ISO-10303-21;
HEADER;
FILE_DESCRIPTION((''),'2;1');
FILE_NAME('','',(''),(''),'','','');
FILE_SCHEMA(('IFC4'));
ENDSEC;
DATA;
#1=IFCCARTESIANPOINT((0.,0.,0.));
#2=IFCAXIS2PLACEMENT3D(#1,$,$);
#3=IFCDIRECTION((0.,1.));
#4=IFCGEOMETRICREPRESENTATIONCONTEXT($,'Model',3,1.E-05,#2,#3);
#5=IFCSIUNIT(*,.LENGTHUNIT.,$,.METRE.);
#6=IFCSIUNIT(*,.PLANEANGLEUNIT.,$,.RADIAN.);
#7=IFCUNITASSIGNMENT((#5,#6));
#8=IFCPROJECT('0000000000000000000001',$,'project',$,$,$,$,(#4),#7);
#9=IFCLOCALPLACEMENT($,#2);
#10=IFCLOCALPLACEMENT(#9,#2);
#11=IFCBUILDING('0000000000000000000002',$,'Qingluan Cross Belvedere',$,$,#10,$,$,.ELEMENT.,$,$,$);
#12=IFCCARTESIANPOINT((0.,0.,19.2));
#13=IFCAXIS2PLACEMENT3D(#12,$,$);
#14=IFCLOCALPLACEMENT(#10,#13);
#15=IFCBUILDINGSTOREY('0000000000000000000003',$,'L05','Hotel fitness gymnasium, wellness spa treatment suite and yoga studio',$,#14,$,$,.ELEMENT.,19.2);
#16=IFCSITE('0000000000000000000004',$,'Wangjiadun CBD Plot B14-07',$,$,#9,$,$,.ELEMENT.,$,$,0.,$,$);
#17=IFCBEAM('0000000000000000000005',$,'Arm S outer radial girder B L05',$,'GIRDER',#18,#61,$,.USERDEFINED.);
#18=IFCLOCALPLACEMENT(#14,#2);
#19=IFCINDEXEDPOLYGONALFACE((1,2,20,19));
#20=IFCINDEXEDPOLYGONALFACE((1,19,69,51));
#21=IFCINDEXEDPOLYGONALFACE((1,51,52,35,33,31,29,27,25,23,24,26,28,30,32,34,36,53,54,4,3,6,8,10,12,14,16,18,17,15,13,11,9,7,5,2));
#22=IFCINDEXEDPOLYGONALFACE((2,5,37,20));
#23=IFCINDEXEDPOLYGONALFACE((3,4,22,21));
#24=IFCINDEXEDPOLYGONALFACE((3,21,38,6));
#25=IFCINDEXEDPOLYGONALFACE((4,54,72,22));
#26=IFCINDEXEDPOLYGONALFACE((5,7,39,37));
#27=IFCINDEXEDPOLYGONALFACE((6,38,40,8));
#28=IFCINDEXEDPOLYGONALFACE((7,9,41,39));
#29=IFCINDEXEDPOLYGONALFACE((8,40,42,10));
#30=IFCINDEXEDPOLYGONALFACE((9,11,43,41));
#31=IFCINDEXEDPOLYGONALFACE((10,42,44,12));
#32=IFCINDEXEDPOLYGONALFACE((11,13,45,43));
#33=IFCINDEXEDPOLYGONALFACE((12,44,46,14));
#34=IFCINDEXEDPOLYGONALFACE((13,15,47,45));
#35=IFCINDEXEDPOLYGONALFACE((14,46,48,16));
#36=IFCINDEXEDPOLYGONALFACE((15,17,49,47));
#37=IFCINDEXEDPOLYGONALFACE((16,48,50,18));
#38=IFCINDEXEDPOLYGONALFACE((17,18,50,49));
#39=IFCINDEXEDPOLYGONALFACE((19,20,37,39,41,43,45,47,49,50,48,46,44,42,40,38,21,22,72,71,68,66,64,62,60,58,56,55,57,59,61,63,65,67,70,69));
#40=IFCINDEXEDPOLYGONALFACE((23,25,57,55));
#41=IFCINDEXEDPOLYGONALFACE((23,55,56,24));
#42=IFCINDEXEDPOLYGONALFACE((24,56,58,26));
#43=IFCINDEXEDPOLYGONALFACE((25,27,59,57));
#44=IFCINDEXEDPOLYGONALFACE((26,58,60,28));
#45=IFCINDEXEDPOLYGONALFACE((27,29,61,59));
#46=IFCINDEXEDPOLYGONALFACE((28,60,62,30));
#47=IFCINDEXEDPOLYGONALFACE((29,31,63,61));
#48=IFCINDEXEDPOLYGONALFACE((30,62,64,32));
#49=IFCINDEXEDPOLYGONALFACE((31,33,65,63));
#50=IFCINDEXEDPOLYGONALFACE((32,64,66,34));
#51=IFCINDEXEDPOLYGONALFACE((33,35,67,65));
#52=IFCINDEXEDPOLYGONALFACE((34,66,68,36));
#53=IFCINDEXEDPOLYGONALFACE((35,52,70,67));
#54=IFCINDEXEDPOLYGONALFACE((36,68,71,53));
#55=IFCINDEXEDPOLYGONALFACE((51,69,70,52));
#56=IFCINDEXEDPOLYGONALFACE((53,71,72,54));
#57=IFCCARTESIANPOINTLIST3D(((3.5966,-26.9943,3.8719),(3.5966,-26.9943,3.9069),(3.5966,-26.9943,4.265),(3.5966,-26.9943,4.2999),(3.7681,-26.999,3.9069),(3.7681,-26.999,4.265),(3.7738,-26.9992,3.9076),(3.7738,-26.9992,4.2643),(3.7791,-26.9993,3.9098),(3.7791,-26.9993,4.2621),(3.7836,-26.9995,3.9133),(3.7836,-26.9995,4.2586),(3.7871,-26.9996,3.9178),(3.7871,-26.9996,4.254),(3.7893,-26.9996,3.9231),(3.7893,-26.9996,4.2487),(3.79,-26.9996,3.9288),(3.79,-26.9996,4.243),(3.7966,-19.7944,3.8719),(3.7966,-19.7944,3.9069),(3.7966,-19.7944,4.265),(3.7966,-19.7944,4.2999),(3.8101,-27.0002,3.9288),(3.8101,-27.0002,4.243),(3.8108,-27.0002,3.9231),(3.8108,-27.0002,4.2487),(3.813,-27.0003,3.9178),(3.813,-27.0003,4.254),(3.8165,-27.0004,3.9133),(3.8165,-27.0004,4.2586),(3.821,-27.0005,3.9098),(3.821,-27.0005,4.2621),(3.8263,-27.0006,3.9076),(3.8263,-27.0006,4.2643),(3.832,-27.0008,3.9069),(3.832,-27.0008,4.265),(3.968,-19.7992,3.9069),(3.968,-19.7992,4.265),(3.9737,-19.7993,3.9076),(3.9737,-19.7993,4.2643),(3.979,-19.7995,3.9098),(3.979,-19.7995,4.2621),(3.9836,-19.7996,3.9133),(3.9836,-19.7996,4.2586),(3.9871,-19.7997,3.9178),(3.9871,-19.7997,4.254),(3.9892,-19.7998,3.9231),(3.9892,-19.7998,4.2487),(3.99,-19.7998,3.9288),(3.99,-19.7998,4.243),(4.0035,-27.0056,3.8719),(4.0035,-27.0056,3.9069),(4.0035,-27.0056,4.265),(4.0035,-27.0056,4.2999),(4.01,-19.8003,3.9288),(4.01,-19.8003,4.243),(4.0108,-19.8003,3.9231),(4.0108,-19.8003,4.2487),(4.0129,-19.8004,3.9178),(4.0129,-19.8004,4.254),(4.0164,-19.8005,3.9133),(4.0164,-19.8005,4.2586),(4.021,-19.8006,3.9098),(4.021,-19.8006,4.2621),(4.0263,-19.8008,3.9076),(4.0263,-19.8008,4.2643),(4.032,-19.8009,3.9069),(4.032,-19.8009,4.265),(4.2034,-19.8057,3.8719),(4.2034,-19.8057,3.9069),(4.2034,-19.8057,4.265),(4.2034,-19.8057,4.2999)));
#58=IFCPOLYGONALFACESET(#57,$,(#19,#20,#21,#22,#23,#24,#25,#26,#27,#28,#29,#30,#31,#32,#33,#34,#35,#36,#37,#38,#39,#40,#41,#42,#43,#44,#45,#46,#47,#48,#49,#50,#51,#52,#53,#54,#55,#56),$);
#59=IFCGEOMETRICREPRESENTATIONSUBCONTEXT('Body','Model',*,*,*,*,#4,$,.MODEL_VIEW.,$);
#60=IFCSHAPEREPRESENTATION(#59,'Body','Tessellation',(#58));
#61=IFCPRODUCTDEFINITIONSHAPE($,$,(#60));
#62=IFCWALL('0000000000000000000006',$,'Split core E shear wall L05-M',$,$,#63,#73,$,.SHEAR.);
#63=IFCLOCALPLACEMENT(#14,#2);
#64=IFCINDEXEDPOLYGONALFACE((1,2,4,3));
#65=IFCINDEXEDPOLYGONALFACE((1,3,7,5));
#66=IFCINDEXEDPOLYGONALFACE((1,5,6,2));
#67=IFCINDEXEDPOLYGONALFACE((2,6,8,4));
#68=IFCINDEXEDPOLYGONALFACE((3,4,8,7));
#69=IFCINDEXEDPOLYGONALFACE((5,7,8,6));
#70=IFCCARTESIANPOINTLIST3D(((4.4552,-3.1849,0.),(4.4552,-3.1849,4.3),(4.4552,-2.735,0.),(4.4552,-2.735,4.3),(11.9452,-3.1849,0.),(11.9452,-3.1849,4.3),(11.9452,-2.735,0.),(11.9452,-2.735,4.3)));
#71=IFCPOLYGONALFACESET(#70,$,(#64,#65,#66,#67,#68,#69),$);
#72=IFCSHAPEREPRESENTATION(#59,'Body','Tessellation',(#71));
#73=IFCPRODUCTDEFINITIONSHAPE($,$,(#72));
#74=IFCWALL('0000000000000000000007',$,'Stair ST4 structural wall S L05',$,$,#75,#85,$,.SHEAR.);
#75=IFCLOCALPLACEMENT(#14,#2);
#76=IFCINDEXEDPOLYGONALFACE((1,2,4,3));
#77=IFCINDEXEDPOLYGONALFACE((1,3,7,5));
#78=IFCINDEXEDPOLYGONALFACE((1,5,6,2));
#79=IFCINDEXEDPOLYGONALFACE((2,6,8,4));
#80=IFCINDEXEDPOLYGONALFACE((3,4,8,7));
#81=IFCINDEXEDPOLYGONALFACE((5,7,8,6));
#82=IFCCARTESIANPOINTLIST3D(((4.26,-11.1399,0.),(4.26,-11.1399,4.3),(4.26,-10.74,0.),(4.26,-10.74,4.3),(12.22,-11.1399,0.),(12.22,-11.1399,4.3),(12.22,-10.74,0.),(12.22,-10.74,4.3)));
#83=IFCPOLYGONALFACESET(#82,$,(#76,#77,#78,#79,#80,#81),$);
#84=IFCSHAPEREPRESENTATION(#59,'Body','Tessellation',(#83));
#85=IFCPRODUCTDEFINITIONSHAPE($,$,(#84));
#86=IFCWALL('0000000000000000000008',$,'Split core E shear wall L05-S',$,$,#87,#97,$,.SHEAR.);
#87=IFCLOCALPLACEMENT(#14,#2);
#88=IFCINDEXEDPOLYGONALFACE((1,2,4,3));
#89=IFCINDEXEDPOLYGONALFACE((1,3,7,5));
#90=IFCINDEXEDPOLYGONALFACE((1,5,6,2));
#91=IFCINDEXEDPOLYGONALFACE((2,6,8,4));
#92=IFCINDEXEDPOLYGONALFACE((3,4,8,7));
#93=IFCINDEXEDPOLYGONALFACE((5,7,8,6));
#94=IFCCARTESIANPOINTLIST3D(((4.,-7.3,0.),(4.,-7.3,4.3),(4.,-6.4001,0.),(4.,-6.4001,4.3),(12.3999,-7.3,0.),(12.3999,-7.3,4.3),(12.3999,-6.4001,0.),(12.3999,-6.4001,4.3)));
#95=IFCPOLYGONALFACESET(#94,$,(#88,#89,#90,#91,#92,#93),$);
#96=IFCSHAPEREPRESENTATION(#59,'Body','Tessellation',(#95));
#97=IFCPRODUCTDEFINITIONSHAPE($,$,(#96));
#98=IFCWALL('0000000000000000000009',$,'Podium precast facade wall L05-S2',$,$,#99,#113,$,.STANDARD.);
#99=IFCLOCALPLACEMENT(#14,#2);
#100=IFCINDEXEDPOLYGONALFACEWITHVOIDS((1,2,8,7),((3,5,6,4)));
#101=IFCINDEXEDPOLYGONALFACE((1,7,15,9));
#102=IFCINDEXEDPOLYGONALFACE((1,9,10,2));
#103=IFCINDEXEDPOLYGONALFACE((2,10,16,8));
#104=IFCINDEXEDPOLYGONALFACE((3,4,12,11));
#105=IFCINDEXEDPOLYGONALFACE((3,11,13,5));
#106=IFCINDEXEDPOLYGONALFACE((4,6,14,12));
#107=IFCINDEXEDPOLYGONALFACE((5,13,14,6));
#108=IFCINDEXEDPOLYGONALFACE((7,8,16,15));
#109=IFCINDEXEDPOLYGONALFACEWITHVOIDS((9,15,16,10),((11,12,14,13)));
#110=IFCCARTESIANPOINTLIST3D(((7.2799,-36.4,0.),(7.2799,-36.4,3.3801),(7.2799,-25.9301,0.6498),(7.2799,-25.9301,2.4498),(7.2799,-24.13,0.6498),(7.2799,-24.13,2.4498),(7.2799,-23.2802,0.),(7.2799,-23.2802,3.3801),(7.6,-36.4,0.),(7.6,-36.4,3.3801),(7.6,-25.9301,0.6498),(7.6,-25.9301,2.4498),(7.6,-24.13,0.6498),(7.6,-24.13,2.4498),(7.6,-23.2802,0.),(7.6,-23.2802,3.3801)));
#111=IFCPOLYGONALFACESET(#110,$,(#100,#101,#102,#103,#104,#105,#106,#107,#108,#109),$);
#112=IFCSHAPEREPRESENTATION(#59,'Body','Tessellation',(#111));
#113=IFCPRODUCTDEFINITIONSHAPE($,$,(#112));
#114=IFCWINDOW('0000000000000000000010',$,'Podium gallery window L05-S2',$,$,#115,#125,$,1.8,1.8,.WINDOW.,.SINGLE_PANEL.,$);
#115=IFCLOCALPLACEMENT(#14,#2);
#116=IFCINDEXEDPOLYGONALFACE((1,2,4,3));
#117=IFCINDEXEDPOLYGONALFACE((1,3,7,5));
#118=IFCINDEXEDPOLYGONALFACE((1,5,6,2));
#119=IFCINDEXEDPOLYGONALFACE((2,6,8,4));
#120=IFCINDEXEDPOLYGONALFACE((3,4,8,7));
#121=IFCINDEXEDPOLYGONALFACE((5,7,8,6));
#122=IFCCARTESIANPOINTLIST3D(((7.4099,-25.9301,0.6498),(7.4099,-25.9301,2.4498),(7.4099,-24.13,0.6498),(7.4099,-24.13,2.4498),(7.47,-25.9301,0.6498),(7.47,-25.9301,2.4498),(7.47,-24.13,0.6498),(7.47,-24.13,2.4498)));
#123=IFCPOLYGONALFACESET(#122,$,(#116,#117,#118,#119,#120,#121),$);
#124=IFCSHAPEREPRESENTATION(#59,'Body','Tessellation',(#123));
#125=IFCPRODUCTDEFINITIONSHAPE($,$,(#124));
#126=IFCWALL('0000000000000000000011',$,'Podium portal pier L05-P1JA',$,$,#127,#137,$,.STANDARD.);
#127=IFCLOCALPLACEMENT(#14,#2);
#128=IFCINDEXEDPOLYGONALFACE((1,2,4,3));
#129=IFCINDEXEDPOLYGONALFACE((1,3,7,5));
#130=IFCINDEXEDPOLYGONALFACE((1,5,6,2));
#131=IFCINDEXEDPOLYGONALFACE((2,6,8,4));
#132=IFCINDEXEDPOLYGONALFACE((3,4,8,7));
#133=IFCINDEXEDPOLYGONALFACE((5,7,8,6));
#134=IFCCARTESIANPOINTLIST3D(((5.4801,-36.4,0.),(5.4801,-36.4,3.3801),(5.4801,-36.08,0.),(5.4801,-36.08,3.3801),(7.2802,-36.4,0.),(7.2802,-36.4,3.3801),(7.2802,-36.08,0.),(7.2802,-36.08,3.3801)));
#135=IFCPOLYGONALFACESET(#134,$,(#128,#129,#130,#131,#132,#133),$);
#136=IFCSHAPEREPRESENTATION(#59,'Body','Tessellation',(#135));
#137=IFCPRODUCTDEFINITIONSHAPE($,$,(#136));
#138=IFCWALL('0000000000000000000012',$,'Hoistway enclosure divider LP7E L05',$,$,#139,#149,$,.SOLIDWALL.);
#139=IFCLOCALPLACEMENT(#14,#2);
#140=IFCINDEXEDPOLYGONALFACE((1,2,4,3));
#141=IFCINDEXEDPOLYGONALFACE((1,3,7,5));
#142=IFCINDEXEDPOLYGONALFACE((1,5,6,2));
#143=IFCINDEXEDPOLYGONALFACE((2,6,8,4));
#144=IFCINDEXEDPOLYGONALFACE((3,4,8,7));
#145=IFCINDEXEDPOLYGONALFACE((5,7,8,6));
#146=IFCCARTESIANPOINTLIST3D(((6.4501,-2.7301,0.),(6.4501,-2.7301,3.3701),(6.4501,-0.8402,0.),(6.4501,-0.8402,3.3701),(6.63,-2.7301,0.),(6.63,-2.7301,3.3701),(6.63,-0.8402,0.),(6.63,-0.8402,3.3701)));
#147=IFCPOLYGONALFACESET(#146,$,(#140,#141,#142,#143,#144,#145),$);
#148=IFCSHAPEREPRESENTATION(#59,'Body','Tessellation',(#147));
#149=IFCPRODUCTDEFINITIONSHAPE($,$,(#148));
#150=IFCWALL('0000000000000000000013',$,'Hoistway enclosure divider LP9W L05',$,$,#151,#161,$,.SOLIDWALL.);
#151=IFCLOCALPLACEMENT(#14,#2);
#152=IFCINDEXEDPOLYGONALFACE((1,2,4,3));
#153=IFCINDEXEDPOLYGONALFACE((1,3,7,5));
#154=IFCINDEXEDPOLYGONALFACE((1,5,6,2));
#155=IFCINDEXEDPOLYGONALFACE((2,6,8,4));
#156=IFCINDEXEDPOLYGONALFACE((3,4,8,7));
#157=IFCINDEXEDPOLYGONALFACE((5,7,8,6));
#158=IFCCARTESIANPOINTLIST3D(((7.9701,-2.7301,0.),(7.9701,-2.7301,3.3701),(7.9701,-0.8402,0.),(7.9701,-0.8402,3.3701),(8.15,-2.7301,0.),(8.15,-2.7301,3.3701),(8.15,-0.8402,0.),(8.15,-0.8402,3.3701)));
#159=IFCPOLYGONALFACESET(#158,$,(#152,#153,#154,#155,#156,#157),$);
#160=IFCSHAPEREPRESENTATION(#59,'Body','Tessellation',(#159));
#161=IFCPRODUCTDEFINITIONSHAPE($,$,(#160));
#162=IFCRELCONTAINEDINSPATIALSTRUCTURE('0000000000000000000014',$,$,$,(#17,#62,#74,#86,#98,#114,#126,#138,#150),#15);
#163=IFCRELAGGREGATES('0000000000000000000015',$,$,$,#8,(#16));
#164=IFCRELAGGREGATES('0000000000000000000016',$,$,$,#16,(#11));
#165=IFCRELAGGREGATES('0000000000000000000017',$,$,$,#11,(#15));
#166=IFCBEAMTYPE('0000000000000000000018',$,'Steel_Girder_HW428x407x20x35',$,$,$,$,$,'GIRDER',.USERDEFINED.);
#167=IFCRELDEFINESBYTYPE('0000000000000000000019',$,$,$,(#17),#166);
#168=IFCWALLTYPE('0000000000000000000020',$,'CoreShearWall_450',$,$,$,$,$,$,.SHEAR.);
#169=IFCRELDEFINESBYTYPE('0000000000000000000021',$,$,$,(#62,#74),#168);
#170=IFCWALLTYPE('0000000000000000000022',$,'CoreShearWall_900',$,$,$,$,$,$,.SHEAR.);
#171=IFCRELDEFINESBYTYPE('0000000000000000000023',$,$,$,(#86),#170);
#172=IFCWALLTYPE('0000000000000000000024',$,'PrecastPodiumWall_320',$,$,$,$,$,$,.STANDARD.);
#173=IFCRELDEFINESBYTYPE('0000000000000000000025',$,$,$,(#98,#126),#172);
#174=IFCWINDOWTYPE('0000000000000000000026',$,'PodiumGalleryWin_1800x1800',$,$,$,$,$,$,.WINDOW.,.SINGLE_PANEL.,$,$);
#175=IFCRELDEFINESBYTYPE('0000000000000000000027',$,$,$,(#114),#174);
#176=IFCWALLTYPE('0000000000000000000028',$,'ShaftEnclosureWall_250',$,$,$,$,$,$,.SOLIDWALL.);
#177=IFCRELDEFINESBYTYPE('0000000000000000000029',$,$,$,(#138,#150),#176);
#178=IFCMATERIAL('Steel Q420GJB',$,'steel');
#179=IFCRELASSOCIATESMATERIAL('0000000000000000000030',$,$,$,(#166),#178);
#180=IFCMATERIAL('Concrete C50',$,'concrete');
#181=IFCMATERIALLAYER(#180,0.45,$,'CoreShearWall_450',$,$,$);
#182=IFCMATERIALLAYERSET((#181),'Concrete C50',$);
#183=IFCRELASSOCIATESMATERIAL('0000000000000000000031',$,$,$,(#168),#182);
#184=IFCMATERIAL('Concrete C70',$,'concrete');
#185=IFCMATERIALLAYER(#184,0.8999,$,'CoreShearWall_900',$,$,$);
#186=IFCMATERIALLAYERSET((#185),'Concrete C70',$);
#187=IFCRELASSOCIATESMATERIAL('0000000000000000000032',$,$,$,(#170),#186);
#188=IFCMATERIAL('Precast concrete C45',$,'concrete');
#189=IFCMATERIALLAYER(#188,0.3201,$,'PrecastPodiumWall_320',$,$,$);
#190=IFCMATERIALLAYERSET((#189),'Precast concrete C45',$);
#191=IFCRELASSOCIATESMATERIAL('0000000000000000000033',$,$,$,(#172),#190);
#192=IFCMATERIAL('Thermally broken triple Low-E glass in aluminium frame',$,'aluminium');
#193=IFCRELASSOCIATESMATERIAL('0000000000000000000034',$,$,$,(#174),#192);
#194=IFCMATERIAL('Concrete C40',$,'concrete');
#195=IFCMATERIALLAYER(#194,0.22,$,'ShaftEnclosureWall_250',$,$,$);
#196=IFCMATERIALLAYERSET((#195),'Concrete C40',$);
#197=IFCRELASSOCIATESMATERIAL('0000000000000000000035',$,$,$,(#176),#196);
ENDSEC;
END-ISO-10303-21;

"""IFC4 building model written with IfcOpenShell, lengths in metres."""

from ifc_helpers import new_model, si_unit, direction, frame, frame_2d, origin, origin_2d, place, context, subcontext, project, spatial, rectangle, i_section, extrude, material, layer, layer_set, material_profile, profile_set, type_object, element, fill, save


model = new_model("IFC4")

# Units and contexts
model_context = context("Model", 3, precision=1e-05, world=origin(), true_north=direction((0.0, 1.0)))
body_context = subcontext(model_context, "Body", "Model", "MODEL_VIEW")
ifc_project = project(units=[si_unit("LENGTHUNIT", "METRE"), si_unit("PLANEANGLEUNIT", "RADIAN")], contexts=[model_context])

# Site, building, storey
site_placement = place(None, origin())
site = spatial("IfcSite", under=ifc_project, at=site_placement, Name="Wangjiadun CBD Plot B14-07", CompositionType="ELEMENT", RefElevation=0.0)
building_placement = place(site_placement, origin())
building = spatial("IfcBuilding", under=site, at=building_placement, Name="Qingluan Cross Belvedere", CompositionType="ELEMENT")
storey_placement = place(building_placement, frame((0.0, 0.0, 19.2)))
storey = spatial("IfcBuildingStorey", under=building, at=storey_placement, Name="L05", Description="Hotel fitness gymnasium, wellness spa treatment suite and yoga studio", CompositionType="ELEMENT", Elevation=19.2)

# Beam
ifc_material_1 = material(Name="Steel Q420GJB", Category="steel")
ifc_material_profile_1 = material_profile(ifc_material_1, i_section(OverallWidth=0.407, OverallDepth=0.428, WebThickness=0.02, FlangeThickness=0.0349, FilletRadius=0.022, at=origin_2d()), Name="HW428x407x20x35")
ifc_profile_set_1 = profile_set([ifc_material_profile_1], Name="Steel Q420GJB")
beam_type_1 = type_object("IfcBeamType", Name="Steel_Girder_HW428x407x20x35", ElementType="GIRDER", PredefinedType="USERDEFINED", material=ifc_profile_set_1)
beam_1_placement = place(storey_placement, frame((4.0, -19.8, 4.0859), z_axis=(-0.02776, -0.999615, 0.0), x_axis=(0.999615, -0.02776, 0.0)))
element("IfcBeam", 1, at=beam_1_placement, inside=storey, type_object=beam_type_1, Name="Arm S outer radial girder B L05", ObjectType="GIRDER", PredefinedType="USERDEFINED", context=body_context, shape_type="SweptSolid", body=[
    extrude(i_section(OverallWidth=0.407, OverallDepth=0.428, WebThickness=0.02, FlangeThickness=0.0349, FilletRadius=0.022, at=origin_2d()), origin(), (0.0, 0.0, 1.0), 7.2026),
])

# Walls
ifc_material_2 = material(Name="Concrete C50", Category="concrete")
ifc_layer_1 = layer(ifc_material_2, 0.45, Name="CoreShearWall_450")
ifc_layer_set_1 = layer_set([ifc_layer_1], Name="Concrete C50")
wall_type_1 = type_object("IfcWallType", Name="CoreShearWall_450", PredefinedType="SHEAR", material=ifc_layer_set_1)
wall_1_placement = place(storey_placement, frame((4.4551, -2.96, 0.0), z_axis=(0.0, 0.0, 1.0), x_axis=(1.0, 0.0, 0.0)))
element("IfcWall", 2, at=wall_1_placement, inside=storey, type_object=wall_type_1, Name="Split core E shear wall L05-M", PredefinedType="SHEAR", context=body_context, shape_type="SweptSolid", body=[
    extrude(rectangle(XDim=7.49, YDim=0.45, at=frame_2d((3.7451, 0.0))), origin(), (0.0, 0.0, 1.0), 4.3),
])
wall_2_placement = place(storey_placement, frame((4.26, -10.9399, 0.0), z_axis=(0.0, 0.0, 1.0), x_axis=(1.0, 0.0, 0.0)))
element("IfcWall", 3, at=wall_2_placement, inside=storey, type_object=wall_type_1, Name="Stair ST4 structural wall S L05", PredefinedType="SHEAR", context=body_context, shape_type="SweptSolid", body=[
    extrude(rectangle(XDim=7.96, YDim=0.3999, at=frame_2d((3.98, 0.0))), origin(), (0.0, 0.0, 1.0), 4.3),
])

# Wall
ifc_material_3 = material(Name="Concrete C70", Category="concrete")
ifc_layer_2 = layer(ifc_material_3, 0.8999, Name="CoreShearWall_900")
ifc_layer_set_2 = layer_set([ifc_layer_2], Name="Concrete C70")
wall_type_2 = type_object("IfcWallType", Name="CoreShearWall_900", PredefinedType="SHEAR", material=ifc_layer_set_2)
wall_3_placement = place(storey_placement, frame((4.0, -6.8501, 0.0), z_axis=(0.0, 0.0, 1.0), x_axis=(1.0, 0.0, 0.0)))
element("IfcWall", 4, at=wall_3_placement, inside=storey, type_object=wall_type_2, Name="Split core E shear wall L05-S", PredefinedType="SHEAR", context=body_context, shape_type="SweptSolid", body=[
    extrude(rectangle(XDim=8.3999, YDim=0.8999, at=frame_2d((4.2, 0.0))), origin(), (0.0, 0.0, 1.0), 4.3),
])

# Wall, opening, window
ifc_material_4 = material(Name="Precast concrete C45", Category="concrete")
ifc_layer_3 = layer(ifc_material_4, 0.3201, Name="PrecastPodiumWall_320")
ifc_layer_set_3 = layer_set([ifc_layer_3], Name="Precast concrete C45")
wall_type_3 = type_object("IfcWallType", Name="PrecastPodiumWall_320", PredefinedType="STANDARD", material=ifc_layer_set_3)
wall_4_placement = place(storey_placement, frame((7.4399, -23.28, 0.0), z_axis=(0.0, 0.0, 1.0), x_axis=(0.0, -1.0, 0.0)))
wall_4 = element("IfcWall", 5, at=wall_4_placement, inside=storey, type_object=wall_type_3, Name="Podium precast facade wall L05-S2", PredefinedType="STANDARD", context=body_context, shape_type="SweptSolid", body=[
    extrude(rectangle(XDim=13.1199, YDim=0.3201, at=frame_2d((6.5601, 0.0))), origin(), (0.0, 0.0, 1.0), 3.3801),
])
opening_1_placement = place(wall_4_placement, frame((0.8501, 0.0, 0.6499)))
opening_1 = element("IfcOpeningElement", 6, at=opening_1_placement, cuts=wall_4, PredefinedType="OPENING", context=body_context, shape_type="SweptSolid", body=[
    extrude(rectangle(XDim=1.8, YDim=1.8, at=frame_2d((0.8999, 0.8999))), frame((0.0, 0.1699, 0.0), z_axis=(0.0, -1.0, 0.0), x_axis=(1.0, 0.0, 0.0)), (0.0, 0.0, 1.0), 0.3401),
])
ifc_material_5 = material(Name="Thermally broken triple Low-E glass in aluminium frame", Category="aluminium")
window_type = type_object("IfcWindowType", Name="PodiumGalleryWin_1800x1800", PartitioningType="SINGLE_PANEL", PredefinedType="WINDOW", material=ifc_material_5)
window_placement = place(opening_1_placement, origin())
window = element("IfcWindow", 7, at=window_placement, inside=storey, type_object=window_type, Name="Podium gallery window L05-S2", OverallHeight=1.8, OverallWidth=1.8, PartitioningType="SINGLE_PANEL", PredefinedType="WINDOW", context=body_context, shape_type="SweptSolid", body=[
    extrude(rectangle(XDim=1.8, YDim=1.8, at=frame_2d((0.8999, 0.8999))), frame((0.0, 0.03, 0.0), z_axis=(0.0, -1.0, 0.0), x_axis=(1.0, 0.0, 0.0)), (0.0, 0.0, 1.0), 0.0601),
])
fill(opening_1, window)

# Walls
wall_5_placement = place(storey_placement, frame((7.28, -36.24, 0.0), z_axis=(0.0, 0.0, 1.0), x_axis=(-1.0, 0.0, 0.0)))
element("IfcWall", 8, at=wall_5_placement, inside=storey, type_object=wall_type_3, Name="Podium portal pier L05-P1JA", PredefinedType="STANDARD", context=body_context, shape_type="SweptSolid", body=[
    extrude(rectangle(XDim=1.8, YDim=0.3201, at=frame_2d((0.8999, 0.0))), origin(), (0.0, 0.0, 1.0), 3.3801),
])
ifc_material_6 = material(Name="Concrete C40", Category="concrete")
ifc_layer_4 = layer(ifc_material_6, 0.22, Name="ShaftEnclosureWall_250")
ifc_layer_set_4 = layer_set([ifc_layer_4], Name="Concrete C40")
wall_type_4 = type_object("IfcWallType", Name="ShaftEnclosureWall_250", PredefinedType="SOLIDWALL", material=ifc_layer_set_4)
for number, where, z_axis, x_axis, name in (
    (9, (6.54, -2.73, 0.0), (0.0, 0.0, 1.0), (0.0, 1.0, 0.0), "Hoistway enclosure divider LP7E L05"),
    (10, (8.0601, -2.73, 0.0), (0.0, 0.0, 1.0), (0.0, 1.0, 0.0), "Hoistway enclosure divider LP9W L05"),
):
    element("IfcWall", number, at=place(storey_placement, frame(where, z_axis=z_axis, x_axis=x_axis)), inside=storey, type_object=wall_type_4, Name=name, PredefinedType="SOLIDWALL", context=body_context, shape_type="SweptSolid", body=[
        extrude(rectangle(XDim=1.8899, YDim=0.1799, at=frame_2d((0.9448, 0.0))), origin(), (0.0, 0.0, 1.0), 3.3701),
    ])

save(model, "model.ifc")
